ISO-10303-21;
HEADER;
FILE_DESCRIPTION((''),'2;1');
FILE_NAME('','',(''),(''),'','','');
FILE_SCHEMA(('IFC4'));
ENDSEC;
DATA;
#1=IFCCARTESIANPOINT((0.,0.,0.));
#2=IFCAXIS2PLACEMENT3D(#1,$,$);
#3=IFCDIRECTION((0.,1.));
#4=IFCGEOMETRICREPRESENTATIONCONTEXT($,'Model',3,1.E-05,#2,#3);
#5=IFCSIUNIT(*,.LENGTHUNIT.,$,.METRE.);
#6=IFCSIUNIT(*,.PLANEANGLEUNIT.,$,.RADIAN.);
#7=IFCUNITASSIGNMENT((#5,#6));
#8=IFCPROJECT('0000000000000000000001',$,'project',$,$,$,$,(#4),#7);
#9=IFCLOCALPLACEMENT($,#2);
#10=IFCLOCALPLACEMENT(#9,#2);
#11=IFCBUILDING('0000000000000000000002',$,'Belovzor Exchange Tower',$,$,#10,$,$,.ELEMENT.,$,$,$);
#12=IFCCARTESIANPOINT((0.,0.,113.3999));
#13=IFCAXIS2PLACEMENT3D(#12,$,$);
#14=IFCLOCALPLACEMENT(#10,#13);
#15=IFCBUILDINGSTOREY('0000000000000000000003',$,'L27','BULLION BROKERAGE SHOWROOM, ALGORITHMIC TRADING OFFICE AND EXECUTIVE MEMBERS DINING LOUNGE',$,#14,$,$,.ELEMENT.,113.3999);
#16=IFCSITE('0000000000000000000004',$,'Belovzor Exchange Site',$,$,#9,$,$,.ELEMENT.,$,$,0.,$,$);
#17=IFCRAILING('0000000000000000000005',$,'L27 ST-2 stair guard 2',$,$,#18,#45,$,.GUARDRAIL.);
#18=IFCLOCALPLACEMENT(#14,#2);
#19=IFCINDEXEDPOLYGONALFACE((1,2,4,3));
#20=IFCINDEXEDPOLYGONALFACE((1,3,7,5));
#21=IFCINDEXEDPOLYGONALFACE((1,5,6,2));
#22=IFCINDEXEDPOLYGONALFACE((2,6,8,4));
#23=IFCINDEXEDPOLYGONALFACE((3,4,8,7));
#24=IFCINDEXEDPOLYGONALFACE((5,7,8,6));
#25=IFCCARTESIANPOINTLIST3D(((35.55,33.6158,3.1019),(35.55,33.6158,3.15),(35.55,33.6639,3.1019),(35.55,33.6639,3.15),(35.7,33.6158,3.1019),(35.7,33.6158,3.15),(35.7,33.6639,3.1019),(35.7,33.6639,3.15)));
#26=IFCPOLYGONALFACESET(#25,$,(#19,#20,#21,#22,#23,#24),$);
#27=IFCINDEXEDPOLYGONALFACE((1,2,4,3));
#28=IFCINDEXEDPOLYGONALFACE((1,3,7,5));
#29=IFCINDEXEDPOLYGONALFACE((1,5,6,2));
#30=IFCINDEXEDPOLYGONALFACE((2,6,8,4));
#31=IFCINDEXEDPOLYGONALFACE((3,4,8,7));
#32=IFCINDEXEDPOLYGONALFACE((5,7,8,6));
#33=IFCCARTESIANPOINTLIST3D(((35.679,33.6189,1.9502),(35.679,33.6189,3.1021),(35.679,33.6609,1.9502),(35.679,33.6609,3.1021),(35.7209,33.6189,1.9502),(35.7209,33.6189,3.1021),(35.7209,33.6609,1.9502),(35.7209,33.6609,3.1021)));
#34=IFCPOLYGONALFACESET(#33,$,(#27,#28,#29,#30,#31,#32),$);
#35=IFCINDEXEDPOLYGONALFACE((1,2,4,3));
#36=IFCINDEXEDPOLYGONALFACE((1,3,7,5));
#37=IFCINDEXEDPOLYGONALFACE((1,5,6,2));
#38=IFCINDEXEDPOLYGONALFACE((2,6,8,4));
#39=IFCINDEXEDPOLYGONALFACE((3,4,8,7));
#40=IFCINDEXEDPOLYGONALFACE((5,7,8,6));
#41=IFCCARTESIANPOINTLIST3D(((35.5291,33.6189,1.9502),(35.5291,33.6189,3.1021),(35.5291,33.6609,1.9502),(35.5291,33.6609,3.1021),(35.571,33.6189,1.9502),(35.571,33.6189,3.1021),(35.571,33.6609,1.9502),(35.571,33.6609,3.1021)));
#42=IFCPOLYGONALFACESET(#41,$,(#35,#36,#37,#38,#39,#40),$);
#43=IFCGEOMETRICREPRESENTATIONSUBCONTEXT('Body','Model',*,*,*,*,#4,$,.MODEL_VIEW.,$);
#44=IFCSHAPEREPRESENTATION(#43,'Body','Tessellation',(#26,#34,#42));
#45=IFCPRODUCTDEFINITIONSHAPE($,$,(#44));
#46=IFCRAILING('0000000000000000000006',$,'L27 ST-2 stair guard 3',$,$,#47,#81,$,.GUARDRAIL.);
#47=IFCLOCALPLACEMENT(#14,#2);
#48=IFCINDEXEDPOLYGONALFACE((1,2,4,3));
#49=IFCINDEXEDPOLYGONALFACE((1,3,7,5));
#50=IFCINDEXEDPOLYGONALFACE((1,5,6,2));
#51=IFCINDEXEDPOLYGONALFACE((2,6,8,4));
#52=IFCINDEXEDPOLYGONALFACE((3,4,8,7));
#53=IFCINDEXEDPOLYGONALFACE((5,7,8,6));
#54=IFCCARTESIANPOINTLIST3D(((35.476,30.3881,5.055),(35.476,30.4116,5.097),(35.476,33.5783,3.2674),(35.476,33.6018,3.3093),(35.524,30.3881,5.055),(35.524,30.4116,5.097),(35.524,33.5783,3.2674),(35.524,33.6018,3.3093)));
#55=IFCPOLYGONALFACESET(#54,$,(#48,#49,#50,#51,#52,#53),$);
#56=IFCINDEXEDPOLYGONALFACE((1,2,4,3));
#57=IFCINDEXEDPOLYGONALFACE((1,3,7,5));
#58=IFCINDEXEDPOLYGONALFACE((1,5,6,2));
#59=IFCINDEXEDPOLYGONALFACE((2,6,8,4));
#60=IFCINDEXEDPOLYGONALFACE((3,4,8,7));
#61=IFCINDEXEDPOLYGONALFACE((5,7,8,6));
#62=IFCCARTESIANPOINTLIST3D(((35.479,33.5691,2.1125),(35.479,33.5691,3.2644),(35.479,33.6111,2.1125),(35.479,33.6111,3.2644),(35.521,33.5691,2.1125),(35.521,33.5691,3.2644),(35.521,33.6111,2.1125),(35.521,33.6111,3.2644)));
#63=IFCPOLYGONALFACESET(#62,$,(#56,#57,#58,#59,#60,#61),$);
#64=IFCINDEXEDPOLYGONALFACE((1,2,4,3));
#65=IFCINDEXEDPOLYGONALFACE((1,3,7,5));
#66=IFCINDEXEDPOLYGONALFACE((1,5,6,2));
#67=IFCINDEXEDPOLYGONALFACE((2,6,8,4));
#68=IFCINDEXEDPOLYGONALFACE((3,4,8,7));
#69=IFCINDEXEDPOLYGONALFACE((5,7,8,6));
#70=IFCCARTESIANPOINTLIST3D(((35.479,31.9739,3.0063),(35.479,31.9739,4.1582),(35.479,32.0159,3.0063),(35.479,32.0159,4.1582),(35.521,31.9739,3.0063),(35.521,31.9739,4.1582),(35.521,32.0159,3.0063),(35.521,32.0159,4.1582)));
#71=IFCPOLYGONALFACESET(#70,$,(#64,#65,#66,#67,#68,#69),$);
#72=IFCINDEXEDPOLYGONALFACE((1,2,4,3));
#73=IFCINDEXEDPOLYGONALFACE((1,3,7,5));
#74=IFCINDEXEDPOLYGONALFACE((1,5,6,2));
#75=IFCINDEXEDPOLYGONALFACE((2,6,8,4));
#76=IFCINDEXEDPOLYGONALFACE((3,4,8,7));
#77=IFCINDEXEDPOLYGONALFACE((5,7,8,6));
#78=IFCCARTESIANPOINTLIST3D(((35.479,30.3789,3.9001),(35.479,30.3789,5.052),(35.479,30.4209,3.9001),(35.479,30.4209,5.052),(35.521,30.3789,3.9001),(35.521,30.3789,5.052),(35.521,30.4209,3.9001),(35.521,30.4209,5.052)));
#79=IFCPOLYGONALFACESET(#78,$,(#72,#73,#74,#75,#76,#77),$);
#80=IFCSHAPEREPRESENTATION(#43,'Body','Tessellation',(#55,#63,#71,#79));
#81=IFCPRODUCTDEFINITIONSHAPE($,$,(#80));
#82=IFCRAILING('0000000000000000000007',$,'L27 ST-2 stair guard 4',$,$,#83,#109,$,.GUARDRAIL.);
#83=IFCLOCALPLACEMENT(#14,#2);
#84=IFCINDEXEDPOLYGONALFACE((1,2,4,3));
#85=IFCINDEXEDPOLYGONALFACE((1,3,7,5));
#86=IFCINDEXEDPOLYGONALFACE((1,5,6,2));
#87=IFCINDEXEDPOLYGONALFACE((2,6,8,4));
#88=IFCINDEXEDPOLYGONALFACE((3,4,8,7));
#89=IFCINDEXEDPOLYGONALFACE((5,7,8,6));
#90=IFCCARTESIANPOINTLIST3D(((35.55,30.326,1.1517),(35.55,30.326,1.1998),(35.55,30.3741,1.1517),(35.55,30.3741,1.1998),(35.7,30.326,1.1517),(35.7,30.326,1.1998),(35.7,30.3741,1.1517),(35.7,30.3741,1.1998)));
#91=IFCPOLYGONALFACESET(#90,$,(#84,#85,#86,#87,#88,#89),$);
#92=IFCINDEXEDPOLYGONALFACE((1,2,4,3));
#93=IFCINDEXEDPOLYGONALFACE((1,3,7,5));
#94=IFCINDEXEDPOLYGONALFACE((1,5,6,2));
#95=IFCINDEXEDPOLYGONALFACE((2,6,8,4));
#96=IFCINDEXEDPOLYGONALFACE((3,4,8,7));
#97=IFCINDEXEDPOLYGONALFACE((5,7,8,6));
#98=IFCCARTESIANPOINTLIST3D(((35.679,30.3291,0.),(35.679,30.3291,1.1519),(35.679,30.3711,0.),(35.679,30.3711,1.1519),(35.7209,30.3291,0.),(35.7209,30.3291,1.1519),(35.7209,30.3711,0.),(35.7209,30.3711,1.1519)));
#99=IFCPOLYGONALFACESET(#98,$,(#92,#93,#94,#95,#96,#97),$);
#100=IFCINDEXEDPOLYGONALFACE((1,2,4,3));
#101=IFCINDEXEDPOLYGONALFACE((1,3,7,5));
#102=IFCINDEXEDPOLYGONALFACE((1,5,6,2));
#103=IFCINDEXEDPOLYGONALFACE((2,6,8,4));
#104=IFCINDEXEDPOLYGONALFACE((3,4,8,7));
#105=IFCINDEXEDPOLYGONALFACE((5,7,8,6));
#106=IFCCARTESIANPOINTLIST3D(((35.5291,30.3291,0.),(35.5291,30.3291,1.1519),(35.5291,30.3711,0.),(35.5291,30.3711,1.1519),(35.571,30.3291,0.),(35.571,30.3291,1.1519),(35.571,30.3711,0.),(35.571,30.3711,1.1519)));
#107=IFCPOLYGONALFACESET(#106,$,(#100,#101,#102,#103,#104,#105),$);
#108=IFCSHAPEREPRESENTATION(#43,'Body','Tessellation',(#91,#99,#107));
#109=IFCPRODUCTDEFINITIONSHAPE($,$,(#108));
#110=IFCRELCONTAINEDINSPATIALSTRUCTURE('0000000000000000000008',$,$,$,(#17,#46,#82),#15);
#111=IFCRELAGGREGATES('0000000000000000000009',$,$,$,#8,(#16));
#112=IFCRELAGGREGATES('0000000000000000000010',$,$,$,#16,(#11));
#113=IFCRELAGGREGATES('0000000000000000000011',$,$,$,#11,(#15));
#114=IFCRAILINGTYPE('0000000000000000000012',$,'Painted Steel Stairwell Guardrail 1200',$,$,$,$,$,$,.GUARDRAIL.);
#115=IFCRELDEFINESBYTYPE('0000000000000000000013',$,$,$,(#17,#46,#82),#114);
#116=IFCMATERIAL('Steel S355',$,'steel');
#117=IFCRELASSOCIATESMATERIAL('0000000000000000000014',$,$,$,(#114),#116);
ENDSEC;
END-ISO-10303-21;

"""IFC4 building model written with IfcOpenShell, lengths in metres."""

from ifc_helpers import new_model, si_unit, direction, frame, origin, origin_2d, place, context, subcontext, project, spatial, rectangle, extrude, material, type_object, element, save


model = new_model("IFC4")

# Units and contexts
model_context = context("Model", 3, precision=1e-05, world=origin(), true_north=direction((0.0, 1.0)))
body_context = subcontext(model_context, "Body", "Model", "MODEL_VIEW")
ifc_project = project(units=[si_unit("LENGTHUNIT", "METRE"), si_unit("PLANEANGLEUNIT", "RADIAN")], contexts=[model_context])

# Site, building, storey
site_placement = place(None, origin())
site = spatial("IfcSite", under=ifc_project, at=site_placement, Name="Belovzor Exchange Site", CompositionType="ELEMENT", RefElevation=0.0)
building_placement = place(site_placement, origin())
building = spatial("IfcBuilding", under=site, at=building_placement, Name="Belovzor Exchange Tower", CompositionType="ELEMENT")
storey_placement = place(building_placement, frame((0.0, 0.0, 113.3999)))
storey = spatial("IfcBuildingStorey", under=building, at=storey_placement, Name="L27", Description="BULLION BROKERAGE SHOWROOM, ALGORITHMIC TRADING OFFICE AND EXECUTIVE MEMBERS DINING LOUNGE", CompositionType="ELEMENT", Elevation=113.3999)

# Railings
ifc_material_1 = material(Name="Steel S355", Category="steel")
railing_type_1 = type_object("IfcRailingType", Name="Painted Steel Stairwell Guardrail 1200", PredefinedType="GUARDRAIL", material=ifc_material_1)
railing_1_placement = place(storey_placement, frame((35.7, 33.6399, 1.9502)))
element("IfcRailing", 1, at=railing_1_placement, inside=storey, type_object=railing_type_1, Name="L27 ST-2 stair guard 2", PredefinedType="GUARDRAIL", context=body_context, shape_type="SweptSolid", body=[
    extrude(rectangle(XDim=0.0481, YDim=0.0481, at=origin_2d()), frame((0.0, 0.0, 1.1758), z_axis=(-1.0, 0.0, 0.0), x_axis=(0.0, -1.0, 0.0)), (0.0, 0.0, 1.0), 0.1499),
    extrude(rectangle(XDim=0.042, YDim=0.042, at=origin_2d()), origin(), (0.0, 0.0, 1.0), 1.1519),
    extrude(rectangle(XDim=0.042, YDim=0.042, at=origin_2d()), frame((-0.1499, 0.0, 0.0)), (0.0, 0.0, 1.0), 1.1519),
])
railing_2_placement = place(storey_placement, frame((35.5, 33.5901, 2.1125)))
element("IfcRailing", 2, at=railing_2_placement, inside=storey, type_object=railing_type_1, Name="L27 ST-2 stair guard 3", PredefinedType="GUARDRAIL", context=body_context, shape_type="SweptSolid", body=[
    extrude(rectangle(XDim=0.0481, YDim=0.0481, at=origin_2d()), frame((0.0, 0.0, 1.1758), z_axis=(0.0, -0.872378, 0.488831), x_axis=(1.0, 0.0, 0.0)), (0.0, 0.0, 1.0), 3.657),
    extrude(rectangle(XDim=0.042, YDim=0.042, at=origin_2d()), origin(), (0.0, 0.0, 1.0), 1.1519),
    extrude(rectangle(XDim=0.042, YDim=0.042, at=origin_2d()), frame((0.0, -1.5952, 0.8938)), (0.0, 0.0, 1.0), 1.1519),
    extrude(rectangle(XDim=0.042, YDim=0.042, at=origin_2d()), frame((0.0, -3.1902, 1.7876)), (0.0, 0.0, 1.0), 1.1519),
])
railing_3_placement = place(storey_placement, frame((35.7, 30.3501, 0.0)))
element("IfcRailing", 3, at=railing_3_placement, inside=storey, type_object=railing_type_1, Name="L27 ST-2 stair guard 4", PredefinedType="GUARDRAIL", context=body_context, shape_type="SweptSolid", body=[
    extrude(rectangle(XDim=0.0481, YDim=0.0481, at=origin_2d()), frame((0.0, 0.0, 1.1758), z_axis=(-1.0, 0.0, 0.0), x_axis=(0.0, -1.0, 0.0)), (0.0, 0.0, 1.0), 0.1499),
    extrude(rectangle(XDim=0.042, YDim=0.042, at=origin_2d()), origin(), (0.0, 0.0, 1.0), 1.1519),
    extrude(rectangle(XDim=0.042, YDim=0.042, at=origin_2d()), frame((-0.1499, 0.0, 0.0)), (0.0, 0.0, 1.0), 1.1519),
])

save(model, "model.ifc")
